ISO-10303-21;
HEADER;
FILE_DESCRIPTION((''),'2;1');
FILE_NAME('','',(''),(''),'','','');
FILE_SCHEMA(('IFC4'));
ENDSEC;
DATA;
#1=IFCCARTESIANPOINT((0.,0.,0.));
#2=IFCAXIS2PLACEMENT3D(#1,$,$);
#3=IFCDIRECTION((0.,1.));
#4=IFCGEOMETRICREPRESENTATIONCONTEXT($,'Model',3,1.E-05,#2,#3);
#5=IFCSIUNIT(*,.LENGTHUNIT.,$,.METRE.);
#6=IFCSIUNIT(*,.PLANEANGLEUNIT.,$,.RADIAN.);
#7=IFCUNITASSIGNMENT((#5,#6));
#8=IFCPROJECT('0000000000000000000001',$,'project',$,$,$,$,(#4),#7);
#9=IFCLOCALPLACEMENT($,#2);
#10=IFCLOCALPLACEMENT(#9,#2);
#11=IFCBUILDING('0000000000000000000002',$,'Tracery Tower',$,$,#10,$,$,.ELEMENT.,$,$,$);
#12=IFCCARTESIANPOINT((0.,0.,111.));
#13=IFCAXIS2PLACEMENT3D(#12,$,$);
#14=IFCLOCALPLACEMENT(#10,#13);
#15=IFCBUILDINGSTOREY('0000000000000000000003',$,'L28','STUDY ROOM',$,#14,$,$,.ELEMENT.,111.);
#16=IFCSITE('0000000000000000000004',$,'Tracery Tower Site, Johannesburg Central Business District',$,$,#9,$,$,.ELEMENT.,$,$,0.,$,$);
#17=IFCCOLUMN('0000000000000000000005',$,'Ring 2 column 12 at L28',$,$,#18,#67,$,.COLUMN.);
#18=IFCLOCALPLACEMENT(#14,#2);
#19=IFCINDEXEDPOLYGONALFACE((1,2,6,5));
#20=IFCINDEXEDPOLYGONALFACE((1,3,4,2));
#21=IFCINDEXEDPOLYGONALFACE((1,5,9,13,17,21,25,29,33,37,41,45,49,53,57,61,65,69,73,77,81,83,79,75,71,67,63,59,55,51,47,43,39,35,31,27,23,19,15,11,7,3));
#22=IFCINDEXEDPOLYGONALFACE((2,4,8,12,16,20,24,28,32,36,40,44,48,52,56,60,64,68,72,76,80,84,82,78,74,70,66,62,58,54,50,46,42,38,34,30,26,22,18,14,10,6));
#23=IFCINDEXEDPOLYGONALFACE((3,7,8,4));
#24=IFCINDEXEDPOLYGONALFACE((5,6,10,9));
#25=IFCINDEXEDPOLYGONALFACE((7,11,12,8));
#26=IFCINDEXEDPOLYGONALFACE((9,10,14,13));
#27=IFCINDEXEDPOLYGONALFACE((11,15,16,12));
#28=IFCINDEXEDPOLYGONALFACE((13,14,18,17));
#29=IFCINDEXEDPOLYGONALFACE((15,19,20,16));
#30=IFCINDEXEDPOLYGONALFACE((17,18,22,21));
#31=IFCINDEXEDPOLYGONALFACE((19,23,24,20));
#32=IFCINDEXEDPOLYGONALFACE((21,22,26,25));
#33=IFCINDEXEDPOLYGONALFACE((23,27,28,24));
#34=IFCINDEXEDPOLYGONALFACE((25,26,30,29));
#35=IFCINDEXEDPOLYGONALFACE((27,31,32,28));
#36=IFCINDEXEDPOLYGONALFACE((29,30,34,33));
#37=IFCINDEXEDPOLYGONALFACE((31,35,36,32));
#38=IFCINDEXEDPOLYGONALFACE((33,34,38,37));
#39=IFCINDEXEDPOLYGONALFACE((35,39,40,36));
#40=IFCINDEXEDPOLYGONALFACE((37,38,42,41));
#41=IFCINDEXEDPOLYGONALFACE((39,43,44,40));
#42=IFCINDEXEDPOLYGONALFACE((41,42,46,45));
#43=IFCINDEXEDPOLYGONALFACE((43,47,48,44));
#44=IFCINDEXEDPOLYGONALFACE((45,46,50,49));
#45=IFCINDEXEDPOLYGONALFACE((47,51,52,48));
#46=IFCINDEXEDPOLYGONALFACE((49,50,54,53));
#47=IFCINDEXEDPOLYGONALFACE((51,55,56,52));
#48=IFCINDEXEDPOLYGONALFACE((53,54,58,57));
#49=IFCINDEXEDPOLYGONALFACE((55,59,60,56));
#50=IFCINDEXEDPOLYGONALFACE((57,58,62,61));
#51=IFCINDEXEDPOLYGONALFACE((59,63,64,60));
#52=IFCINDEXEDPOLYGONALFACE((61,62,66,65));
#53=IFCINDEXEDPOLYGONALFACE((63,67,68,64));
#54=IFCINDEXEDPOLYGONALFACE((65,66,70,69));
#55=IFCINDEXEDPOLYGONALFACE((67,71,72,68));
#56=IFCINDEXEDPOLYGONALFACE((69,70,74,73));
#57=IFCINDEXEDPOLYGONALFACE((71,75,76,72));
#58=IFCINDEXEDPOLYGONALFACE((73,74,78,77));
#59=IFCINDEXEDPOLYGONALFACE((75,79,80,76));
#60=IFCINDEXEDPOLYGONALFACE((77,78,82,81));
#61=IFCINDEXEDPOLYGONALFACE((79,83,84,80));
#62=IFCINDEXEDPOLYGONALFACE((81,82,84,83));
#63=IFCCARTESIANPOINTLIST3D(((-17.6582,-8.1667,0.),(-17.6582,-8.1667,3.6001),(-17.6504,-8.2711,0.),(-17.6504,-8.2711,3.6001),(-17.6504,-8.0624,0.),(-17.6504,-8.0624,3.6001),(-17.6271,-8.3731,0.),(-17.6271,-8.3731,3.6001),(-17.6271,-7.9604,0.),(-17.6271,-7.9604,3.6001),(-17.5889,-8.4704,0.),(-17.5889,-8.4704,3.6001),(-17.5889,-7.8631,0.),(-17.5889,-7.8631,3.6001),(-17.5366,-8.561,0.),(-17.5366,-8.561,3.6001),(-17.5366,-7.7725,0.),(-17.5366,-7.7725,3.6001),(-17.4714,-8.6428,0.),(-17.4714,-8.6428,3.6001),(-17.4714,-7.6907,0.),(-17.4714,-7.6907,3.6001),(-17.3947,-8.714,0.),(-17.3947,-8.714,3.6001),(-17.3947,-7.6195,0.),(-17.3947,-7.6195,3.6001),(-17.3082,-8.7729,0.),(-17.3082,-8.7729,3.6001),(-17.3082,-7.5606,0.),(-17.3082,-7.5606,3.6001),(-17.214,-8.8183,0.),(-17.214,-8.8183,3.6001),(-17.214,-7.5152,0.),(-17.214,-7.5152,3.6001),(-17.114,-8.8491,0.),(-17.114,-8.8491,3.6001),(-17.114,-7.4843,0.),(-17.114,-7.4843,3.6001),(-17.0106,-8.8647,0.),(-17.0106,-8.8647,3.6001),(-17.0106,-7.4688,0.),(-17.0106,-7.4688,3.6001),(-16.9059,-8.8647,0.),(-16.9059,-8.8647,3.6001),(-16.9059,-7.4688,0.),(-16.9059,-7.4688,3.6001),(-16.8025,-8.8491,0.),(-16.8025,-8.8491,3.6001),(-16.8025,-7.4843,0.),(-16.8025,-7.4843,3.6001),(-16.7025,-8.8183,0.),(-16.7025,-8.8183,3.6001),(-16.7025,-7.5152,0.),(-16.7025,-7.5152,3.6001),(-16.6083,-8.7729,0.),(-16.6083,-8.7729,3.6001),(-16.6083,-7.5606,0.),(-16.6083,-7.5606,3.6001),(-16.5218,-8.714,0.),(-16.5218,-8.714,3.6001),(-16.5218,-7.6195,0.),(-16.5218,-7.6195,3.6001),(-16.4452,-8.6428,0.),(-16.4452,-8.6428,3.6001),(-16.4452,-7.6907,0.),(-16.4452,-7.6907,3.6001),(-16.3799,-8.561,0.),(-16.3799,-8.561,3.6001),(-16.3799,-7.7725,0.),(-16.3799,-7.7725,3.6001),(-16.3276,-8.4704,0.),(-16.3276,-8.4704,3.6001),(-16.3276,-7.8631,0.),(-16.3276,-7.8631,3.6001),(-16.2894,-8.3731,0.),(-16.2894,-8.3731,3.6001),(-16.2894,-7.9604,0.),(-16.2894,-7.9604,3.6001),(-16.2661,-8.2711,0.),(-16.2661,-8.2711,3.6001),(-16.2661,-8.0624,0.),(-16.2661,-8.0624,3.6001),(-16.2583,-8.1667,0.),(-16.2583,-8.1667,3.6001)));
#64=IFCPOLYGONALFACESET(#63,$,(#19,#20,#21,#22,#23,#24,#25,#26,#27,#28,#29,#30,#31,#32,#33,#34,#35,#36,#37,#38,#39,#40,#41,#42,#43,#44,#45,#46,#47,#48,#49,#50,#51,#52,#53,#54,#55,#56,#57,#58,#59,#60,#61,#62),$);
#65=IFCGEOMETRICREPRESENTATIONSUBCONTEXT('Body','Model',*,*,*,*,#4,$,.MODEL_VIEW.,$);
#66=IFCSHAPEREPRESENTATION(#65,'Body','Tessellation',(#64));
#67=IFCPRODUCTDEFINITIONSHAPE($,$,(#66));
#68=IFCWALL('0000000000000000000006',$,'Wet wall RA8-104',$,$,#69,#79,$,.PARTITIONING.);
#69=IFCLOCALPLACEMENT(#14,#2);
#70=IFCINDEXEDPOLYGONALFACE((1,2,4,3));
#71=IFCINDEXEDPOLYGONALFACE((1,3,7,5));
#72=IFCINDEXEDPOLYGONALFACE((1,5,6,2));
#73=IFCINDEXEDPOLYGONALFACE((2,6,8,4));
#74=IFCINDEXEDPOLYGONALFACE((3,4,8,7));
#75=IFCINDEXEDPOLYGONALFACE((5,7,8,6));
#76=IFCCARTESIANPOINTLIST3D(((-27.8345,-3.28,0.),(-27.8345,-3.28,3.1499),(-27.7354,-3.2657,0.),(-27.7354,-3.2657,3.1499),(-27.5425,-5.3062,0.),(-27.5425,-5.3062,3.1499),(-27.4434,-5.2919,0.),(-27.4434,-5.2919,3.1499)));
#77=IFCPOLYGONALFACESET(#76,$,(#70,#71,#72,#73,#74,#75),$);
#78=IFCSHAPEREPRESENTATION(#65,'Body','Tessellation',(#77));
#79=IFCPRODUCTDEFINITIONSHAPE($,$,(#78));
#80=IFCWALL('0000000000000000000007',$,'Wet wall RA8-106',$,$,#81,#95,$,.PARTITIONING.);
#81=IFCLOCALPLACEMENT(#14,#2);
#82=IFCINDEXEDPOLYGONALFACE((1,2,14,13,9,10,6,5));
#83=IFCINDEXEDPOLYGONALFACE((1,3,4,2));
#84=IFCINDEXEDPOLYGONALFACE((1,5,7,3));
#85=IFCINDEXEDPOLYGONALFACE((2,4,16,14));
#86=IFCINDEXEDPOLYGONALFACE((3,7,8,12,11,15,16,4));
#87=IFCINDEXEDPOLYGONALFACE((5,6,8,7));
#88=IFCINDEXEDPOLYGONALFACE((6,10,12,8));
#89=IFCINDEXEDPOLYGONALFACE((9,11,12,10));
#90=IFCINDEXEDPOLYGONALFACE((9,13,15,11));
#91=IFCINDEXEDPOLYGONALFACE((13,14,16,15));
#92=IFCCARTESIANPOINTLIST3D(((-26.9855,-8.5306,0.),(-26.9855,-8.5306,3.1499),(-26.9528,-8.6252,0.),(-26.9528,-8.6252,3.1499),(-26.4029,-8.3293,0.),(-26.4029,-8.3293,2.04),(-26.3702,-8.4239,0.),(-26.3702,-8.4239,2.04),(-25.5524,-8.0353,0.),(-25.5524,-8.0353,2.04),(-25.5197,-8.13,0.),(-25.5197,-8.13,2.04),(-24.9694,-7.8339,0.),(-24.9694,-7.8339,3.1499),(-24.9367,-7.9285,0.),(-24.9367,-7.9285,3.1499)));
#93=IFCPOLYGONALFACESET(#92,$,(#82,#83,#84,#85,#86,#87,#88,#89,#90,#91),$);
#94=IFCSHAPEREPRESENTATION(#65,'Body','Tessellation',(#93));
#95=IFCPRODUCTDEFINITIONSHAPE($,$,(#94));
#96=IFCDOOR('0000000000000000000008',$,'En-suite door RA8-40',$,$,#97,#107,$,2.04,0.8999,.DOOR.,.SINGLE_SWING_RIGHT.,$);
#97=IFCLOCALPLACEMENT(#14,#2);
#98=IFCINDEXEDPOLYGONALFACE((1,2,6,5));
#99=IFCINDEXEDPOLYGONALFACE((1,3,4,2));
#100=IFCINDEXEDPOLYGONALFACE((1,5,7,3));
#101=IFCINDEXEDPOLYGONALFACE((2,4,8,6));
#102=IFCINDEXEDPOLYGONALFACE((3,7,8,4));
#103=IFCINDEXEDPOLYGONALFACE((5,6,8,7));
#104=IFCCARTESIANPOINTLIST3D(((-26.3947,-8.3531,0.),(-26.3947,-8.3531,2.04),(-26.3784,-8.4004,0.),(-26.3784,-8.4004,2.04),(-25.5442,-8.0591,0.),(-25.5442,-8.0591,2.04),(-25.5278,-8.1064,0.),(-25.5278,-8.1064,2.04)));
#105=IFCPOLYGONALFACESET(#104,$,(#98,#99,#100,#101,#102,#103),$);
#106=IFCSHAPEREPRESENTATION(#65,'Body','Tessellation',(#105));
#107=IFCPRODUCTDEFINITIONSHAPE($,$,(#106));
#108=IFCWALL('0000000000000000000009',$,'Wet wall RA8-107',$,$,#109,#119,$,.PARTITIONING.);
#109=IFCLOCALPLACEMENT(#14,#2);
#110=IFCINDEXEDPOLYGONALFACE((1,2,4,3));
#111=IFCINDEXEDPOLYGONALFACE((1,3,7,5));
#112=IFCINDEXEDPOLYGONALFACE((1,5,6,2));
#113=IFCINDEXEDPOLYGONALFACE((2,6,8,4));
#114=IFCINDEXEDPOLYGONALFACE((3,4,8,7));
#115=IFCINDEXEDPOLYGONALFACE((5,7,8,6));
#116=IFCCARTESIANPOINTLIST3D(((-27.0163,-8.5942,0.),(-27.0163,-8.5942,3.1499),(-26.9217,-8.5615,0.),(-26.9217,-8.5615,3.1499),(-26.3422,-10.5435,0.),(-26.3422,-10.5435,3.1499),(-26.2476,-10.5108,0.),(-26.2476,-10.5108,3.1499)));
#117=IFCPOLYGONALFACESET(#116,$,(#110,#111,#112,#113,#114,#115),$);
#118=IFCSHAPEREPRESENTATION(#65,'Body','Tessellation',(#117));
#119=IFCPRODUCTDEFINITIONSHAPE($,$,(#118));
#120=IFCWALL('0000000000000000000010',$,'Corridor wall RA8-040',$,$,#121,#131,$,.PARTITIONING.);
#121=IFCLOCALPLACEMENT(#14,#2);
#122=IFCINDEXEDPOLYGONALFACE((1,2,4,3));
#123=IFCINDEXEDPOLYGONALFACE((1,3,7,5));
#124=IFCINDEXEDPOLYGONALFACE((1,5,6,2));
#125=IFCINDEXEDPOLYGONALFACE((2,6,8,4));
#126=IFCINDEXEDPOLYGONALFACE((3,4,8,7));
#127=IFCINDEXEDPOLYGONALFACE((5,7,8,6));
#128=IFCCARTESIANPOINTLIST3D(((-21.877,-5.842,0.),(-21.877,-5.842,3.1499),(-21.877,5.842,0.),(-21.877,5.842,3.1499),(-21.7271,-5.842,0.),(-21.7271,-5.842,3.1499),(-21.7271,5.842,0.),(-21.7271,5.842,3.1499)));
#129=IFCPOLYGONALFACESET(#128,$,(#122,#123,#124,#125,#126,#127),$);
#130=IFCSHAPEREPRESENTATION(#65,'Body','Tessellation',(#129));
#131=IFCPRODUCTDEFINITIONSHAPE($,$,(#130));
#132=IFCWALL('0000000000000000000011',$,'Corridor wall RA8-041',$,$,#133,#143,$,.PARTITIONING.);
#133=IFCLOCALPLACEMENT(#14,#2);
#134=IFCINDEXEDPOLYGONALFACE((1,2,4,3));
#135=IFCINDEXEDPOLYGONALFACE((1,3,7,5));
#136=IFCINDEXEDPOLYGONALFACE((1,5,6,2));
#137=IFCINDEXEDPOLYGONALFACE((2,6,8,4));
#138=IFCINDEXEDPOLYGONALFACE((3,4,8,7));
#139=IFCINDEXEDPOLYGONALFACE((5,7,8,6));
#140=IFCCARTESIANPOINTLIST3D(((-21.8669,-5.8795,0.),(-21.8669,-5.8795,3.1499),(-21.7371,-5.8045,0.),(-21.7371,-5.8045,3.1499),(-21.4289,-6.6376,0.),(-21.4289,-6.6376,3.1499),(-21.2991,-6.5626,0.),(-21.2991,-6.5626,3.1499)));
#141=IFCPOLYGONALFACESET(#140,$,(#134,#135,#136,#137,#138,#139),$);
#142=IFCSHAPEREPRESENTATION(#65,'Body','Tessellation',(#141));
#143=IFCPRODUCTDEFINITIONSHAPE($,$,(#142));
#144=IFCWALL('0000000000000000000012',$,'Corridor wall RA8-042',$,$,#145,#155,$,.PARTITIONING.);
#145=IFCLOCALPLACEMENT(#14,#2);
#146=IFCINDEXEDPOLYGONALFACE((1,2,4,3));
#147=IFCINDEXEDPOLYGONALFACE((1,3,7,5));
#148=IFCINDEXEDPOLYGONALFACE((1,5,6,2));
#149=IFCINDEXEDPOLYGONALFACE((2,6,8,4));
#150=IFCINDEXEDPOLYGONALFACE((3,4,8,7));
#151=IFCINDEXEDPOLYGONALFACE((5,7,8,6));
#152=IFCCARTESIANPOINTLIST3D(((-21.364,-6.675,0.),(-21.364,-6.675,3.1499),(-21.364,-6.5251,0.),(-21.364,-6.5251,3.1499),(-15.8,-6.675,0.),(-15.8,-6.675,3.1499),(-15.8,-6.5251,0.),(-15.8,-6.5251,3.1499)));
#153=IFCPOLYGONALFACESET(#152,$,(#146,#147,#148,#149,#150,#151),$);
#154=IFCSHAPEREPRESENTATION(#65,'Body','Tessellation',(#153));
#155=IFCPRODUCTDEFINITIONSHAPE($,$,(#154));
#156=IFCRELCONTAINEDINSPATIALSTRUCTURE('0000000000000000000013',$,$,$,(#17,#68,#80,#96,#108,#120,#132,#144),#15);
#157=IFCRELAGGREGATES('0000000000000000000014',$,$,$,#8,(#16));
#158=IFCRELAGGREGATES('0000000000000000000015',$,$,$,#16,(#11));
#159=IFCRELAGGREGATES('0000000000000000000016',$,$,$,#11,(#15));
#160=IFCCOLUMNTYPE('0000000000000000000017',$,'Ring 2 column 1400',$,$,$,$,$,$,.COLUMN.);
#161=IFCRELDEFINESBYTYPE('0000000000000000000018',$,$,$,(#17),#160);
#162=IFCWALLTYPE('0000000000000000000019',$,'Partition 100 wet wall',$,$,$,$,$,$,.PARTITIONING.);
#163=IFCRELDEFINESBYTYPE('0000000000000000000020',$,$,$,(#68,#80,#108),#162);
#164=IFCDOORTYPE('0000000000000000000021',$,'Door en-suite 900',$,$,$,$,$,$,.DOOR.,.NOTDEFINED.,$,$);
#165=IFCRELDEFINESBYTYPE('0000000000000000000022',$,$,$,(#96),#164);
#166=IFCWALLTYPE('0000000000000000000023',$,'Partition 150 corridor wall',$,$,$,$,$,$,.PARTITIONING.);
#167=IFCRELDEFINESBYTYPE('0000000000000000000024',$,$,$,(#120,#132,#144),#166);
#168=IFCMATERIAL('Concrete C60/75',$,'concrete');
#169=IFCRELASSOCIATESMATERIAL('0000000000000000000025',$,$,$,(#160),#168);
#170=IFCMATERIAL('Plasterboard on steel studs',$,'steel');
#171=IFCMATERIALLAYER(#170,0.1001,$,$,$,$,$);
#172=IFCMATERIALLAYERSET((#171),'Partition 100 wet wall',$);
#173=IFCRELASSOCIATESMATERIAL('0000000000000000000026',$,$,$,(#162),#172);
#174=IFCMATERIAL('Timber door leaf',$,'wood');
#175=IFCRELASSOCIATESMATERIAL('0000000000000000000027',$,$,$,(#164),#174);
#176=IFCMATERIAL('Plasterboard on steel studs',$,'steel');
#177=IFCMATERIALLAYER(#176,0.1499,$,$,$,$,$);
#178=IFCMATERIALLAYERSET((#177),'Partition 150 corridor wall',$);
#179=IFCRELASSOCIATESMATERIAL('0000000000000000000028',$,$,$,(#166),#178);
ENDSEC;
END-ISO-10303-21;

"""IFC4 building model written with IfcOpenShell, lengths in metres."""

from ifc_helpers import new_model, si_unit, direction, frame, frame_2d, origin, origin_2d, place, context, subcontext, project, spatial, rectangle, circle, extrude, material, layer, layer_set, material_profile, profile_set, type_object, element, fill, save


model = new_model("IFC4")

# Units and contexts
model_context = context("Model", 3, precision=1e-05, world=origin(), true_north=direction((0.0, 1.0)))
body_context = subcontext(model_context, "Body", "Model", "MODEL_VIEW")
ifc_project = project(units=[si_unit("LENGTHUNIT", "METRE"), si_unit("PLANEANGLEUNIT", "RADIAN")], contexts=[model_context])

# Site, building, storey
site_placement = place(None, origin())
site = spatial("IfcSite", under=ifc_project, at=site_placement, Name="Tracery Tower Site, Johannesburg Central Business District", CompositionType="ELEMENT", RefElevation=0.0)
building_placement = place(site_placement, origin())
building = spatial("IfcBuilding", under=site, at=building_placement, Name="Tracery Tower", CompositionType="ELEMENT")
storey_placement = place(building_placement, frame((0.0, 0.0, 111.0)))
storey = spatial("IfcBuildingStorey", under=building, at=storey_placement, Name="L28", Description="STUDY ROOM", CompositionType="ELEMENT", Elevation=111.0)

# Column
ifc_material_1 = material(Name="Concrete C60/75", Category="concrete")
ifc_material_profile_1 = material_profile(ifc_material_1, circle(Radius=0.7, at=origin_2d()), Name="RC D1400")
ifc_profile_set_1 = profile_set([ifc_material_profile_1], Name="Concrete C60/75")
column_type_1 = type_object("IfcColumnType", Name="Ring 2 column 1400", PredefinedType="COLUMN", material=ifc_profile_set_1)
for number, where, z_axis, x_axis, name in (
    (1, (-16.9583, -8.1667, 0.0), (0.0, 0.0, 1.0), (1.0, 0.0, 0.0), "Ring 2 column 12 at L28"),
):
    element("IfcColumn", number, at=place(storey_placement, frame(where, z_axis=z_axis, x_axis=x_axis)), inside=storey, type_object=column_type_1, Name=name, PredefinedType="COLUMN", context=body_context, shape_type="SweptSolid", body=[
        extrude(circle(Radius=0.7, at=origin_2d()), origin(), (0.0, 0.0, 1.0), 3.6001),
    ])

# Wall
ifc_material_2 = material(Name="Plasterboard on steel studs", Category="steel")
ifc_layer_1 = layer(ifc_material_2, 0.1001)
ifc_layer_set_1 = layer_set([ifc_layer_1], Name="Partition 100 wet wall")
wall_type_1 = type_object("IfcWallType", Name="Partition 100 wet wall", PredefinedType="PARTITIONING", material=ifc_layer_set_1)
wall_1_placement = place(storey_placement, frame((-27.7849, -3.2729, 0.0), z_axis=(0.0, 0.0, 1.0), x_axis=(0.14264, -0.989775, 0.0)))
element("IfcWall", 2, at=wall_1_placement, inside=storey, type_object=wall_type_1, Name="Wet wall RA8-104", PredefinedType="PARTITIONING", context=body_context, shape_type="SweptSolid", body=[
    extrude(rectangle(XDim=2.0471, YDim=0.1001, at=frame_2d((1.0234, 0.0))), origin(), (0.0, 0.0, 1.0), 3.1499),
])

# Wall, opening, door
wall_2_placement = place(storey_placement, frame((-26.969, -8.5779, 0.0), z_axis=(0.0, 0.0, 1.0), x_axis=(0.945147, 0.326647, 0.0)))
wall_2 = element("IfcWall", 3, at=wall_2_placement, inside=storey, type_object=wall_type_1, Name="Wet wall RA8-106", PredefinedType="PARTITIONING", context=body_context, shape_type="SweptSolid", body=[
    extrude(rectangle(XDim=2.1331, YDim=0.1001, at=frame_2d((1.0664, 0.0))), origin(), (0.0, 0.0, 1.0), 3.1499),
])
opening_1_placement = place(wall_2_placement, frame((0.6162, 0.0, 0.0)))
opening_1 = element("IfcOpeningElement", 4, at=opening_1_placement, cuts=wall_2, PredefinedType="OPENING", context=body_context, shape_type="SweptSolid", body=[
    extrude(rectangle(XDim=0.8999, YDim=2.04, at=frame_2d((0.45, 1.02))), frame((0.0, 0.05, 0.0), z_axis=(0.0, -1.0, 0.0), x_axis=(1.0, 0.0, 0.0)), (0.0, 0.0, 1.0), 0.1001),
])
ifc_material_3 = material(Name="Timber door leaf", Category="wood")
door_type_1 = type_object("IfcDoorType", Name="Door en-suite 900", OperationType="NOTDEFINED", PredefinedType="DOOR", material=ifc_material_3)
door_1_placement = place(opening_1_placement, origin())
door_1 = element("IfcDoor", 5, at=door_1_placement, inside=storey, type_object=door_type_1, Name="En-suite door RA8-40", OperationType="SINGLE_SWING_RIGHT", OverallHeight=2.04, OverallWidth=0.8999, PredefinedType="DOOR", context=body_context, shape_type="SweptSolid", body=[
    extrude(rectangle(XDim=0.8999, YDim=2.04, at=frame_2d((0.45, 1.02))), frame((0.0, 0.0249, 0.0), z_axis=(0.0, -1.0, 0.0), x_axis=(1.0, 0.0, 0.0)), (0.0, 0.0, 1.0), 0.05),
])
fill(opening_1, door_1)

# Walls
wall_3_placement = place(storey_placement, frame((-26.969, -8.5779, 0.0), z_axis=(0.0, 0.0, 1.0), x_axis=(0.326826, -0.945085, 0.0)))
element("IfcWall", 6, at=wall_3_placement, inside=storey, type_object=wall_type_1, Name="Wet wall RA8-107", PredefinedType="PARTITIONING", context=body_context, shape_type="SweptSolid", body=[
    extrude(rectangle(XDim=2.0625, YDim=0.1001, at=frame_2d((1.0312, 0.0))), origin(), (0.0, 0.0, 1.0), 3.1499),
])
ifc_material_4 = material(Name="Plasterboard on steel studs", Category="steel")
ifc_layer_2 = layer(ifc_material_4, 0.1499)
ifc_layer_set_2 = layer_set([ifc_layer_2], Name="Partition 150 corridor wall")
wall_type_2 = type_object("IfcWallType", Name="Partition 150 corridor wall", PredefinedType="PARTITIONING", material=ifc_layer_set_2)
wall_4_placement = place(storey_placement, frame((-21.802, -5.842, 0.0), z_axis=(0.0, 0.0, 1.0), x_axis=(0.0, 1.0, 0.0)))
element("IfcWall", 7, at=wall_4_placement, inside=storey, type_object=wall_type_2, Name="Corridor wall RA8-040", PredefinedType="PARTITIONING", context=body_context, shape_type="SweptSolid", body=[
    extrude(rectangle(XDim=11.6841, YDim=0.1499, at=frame_2d((5.842, 0.0))), origin(), (0.0, 0.0, 1.0), 3.1499),
])
wall_5_placement = place(storey_placement, frame((-21.802, -5.842, 0.0), z_axis=(0.0, 0.0, 1.0), x_axis=(0.500278, -0.865865, 0.0)))
element("IfcWall", 8, at=wall_5_placement, inside=storey, type_object=wall_type_2, Name="Corridor wall RA8-041", PredefinedType="PARTITIONING", context=body_context, shape_type="SweptSolid", body=[
    extrude(rectangle(XDim=0.8755, YDim=0.1499, at=frame_2d((0.4377, 0.0))), origin(), (0.0, 0.0, 1.0), 3.1499),
])
wall_6_placement = place(storey_placement, frame((-21.364, -6.6001, 0.0), z_axis=(0.0, 0.0, 1.0), x_axis=(1.0, 0.0, 0.0)))
element("IfcWall", 9, at=wall_6_placement, inside=storey, type_object=wall_type_2, Name="Corridor wall RA8-042", PredefinedType="PARTITIONING", context=body_context, shape_type="SweptSolid", body=[
    extrude(rectangle(XDim=5.564, YDim=0.1499, at=frame_2d((2.782, 0.0))), origin(), (0.0, 0.0, 1.0), 3.1499),
])

save(model, "model.ifc")
